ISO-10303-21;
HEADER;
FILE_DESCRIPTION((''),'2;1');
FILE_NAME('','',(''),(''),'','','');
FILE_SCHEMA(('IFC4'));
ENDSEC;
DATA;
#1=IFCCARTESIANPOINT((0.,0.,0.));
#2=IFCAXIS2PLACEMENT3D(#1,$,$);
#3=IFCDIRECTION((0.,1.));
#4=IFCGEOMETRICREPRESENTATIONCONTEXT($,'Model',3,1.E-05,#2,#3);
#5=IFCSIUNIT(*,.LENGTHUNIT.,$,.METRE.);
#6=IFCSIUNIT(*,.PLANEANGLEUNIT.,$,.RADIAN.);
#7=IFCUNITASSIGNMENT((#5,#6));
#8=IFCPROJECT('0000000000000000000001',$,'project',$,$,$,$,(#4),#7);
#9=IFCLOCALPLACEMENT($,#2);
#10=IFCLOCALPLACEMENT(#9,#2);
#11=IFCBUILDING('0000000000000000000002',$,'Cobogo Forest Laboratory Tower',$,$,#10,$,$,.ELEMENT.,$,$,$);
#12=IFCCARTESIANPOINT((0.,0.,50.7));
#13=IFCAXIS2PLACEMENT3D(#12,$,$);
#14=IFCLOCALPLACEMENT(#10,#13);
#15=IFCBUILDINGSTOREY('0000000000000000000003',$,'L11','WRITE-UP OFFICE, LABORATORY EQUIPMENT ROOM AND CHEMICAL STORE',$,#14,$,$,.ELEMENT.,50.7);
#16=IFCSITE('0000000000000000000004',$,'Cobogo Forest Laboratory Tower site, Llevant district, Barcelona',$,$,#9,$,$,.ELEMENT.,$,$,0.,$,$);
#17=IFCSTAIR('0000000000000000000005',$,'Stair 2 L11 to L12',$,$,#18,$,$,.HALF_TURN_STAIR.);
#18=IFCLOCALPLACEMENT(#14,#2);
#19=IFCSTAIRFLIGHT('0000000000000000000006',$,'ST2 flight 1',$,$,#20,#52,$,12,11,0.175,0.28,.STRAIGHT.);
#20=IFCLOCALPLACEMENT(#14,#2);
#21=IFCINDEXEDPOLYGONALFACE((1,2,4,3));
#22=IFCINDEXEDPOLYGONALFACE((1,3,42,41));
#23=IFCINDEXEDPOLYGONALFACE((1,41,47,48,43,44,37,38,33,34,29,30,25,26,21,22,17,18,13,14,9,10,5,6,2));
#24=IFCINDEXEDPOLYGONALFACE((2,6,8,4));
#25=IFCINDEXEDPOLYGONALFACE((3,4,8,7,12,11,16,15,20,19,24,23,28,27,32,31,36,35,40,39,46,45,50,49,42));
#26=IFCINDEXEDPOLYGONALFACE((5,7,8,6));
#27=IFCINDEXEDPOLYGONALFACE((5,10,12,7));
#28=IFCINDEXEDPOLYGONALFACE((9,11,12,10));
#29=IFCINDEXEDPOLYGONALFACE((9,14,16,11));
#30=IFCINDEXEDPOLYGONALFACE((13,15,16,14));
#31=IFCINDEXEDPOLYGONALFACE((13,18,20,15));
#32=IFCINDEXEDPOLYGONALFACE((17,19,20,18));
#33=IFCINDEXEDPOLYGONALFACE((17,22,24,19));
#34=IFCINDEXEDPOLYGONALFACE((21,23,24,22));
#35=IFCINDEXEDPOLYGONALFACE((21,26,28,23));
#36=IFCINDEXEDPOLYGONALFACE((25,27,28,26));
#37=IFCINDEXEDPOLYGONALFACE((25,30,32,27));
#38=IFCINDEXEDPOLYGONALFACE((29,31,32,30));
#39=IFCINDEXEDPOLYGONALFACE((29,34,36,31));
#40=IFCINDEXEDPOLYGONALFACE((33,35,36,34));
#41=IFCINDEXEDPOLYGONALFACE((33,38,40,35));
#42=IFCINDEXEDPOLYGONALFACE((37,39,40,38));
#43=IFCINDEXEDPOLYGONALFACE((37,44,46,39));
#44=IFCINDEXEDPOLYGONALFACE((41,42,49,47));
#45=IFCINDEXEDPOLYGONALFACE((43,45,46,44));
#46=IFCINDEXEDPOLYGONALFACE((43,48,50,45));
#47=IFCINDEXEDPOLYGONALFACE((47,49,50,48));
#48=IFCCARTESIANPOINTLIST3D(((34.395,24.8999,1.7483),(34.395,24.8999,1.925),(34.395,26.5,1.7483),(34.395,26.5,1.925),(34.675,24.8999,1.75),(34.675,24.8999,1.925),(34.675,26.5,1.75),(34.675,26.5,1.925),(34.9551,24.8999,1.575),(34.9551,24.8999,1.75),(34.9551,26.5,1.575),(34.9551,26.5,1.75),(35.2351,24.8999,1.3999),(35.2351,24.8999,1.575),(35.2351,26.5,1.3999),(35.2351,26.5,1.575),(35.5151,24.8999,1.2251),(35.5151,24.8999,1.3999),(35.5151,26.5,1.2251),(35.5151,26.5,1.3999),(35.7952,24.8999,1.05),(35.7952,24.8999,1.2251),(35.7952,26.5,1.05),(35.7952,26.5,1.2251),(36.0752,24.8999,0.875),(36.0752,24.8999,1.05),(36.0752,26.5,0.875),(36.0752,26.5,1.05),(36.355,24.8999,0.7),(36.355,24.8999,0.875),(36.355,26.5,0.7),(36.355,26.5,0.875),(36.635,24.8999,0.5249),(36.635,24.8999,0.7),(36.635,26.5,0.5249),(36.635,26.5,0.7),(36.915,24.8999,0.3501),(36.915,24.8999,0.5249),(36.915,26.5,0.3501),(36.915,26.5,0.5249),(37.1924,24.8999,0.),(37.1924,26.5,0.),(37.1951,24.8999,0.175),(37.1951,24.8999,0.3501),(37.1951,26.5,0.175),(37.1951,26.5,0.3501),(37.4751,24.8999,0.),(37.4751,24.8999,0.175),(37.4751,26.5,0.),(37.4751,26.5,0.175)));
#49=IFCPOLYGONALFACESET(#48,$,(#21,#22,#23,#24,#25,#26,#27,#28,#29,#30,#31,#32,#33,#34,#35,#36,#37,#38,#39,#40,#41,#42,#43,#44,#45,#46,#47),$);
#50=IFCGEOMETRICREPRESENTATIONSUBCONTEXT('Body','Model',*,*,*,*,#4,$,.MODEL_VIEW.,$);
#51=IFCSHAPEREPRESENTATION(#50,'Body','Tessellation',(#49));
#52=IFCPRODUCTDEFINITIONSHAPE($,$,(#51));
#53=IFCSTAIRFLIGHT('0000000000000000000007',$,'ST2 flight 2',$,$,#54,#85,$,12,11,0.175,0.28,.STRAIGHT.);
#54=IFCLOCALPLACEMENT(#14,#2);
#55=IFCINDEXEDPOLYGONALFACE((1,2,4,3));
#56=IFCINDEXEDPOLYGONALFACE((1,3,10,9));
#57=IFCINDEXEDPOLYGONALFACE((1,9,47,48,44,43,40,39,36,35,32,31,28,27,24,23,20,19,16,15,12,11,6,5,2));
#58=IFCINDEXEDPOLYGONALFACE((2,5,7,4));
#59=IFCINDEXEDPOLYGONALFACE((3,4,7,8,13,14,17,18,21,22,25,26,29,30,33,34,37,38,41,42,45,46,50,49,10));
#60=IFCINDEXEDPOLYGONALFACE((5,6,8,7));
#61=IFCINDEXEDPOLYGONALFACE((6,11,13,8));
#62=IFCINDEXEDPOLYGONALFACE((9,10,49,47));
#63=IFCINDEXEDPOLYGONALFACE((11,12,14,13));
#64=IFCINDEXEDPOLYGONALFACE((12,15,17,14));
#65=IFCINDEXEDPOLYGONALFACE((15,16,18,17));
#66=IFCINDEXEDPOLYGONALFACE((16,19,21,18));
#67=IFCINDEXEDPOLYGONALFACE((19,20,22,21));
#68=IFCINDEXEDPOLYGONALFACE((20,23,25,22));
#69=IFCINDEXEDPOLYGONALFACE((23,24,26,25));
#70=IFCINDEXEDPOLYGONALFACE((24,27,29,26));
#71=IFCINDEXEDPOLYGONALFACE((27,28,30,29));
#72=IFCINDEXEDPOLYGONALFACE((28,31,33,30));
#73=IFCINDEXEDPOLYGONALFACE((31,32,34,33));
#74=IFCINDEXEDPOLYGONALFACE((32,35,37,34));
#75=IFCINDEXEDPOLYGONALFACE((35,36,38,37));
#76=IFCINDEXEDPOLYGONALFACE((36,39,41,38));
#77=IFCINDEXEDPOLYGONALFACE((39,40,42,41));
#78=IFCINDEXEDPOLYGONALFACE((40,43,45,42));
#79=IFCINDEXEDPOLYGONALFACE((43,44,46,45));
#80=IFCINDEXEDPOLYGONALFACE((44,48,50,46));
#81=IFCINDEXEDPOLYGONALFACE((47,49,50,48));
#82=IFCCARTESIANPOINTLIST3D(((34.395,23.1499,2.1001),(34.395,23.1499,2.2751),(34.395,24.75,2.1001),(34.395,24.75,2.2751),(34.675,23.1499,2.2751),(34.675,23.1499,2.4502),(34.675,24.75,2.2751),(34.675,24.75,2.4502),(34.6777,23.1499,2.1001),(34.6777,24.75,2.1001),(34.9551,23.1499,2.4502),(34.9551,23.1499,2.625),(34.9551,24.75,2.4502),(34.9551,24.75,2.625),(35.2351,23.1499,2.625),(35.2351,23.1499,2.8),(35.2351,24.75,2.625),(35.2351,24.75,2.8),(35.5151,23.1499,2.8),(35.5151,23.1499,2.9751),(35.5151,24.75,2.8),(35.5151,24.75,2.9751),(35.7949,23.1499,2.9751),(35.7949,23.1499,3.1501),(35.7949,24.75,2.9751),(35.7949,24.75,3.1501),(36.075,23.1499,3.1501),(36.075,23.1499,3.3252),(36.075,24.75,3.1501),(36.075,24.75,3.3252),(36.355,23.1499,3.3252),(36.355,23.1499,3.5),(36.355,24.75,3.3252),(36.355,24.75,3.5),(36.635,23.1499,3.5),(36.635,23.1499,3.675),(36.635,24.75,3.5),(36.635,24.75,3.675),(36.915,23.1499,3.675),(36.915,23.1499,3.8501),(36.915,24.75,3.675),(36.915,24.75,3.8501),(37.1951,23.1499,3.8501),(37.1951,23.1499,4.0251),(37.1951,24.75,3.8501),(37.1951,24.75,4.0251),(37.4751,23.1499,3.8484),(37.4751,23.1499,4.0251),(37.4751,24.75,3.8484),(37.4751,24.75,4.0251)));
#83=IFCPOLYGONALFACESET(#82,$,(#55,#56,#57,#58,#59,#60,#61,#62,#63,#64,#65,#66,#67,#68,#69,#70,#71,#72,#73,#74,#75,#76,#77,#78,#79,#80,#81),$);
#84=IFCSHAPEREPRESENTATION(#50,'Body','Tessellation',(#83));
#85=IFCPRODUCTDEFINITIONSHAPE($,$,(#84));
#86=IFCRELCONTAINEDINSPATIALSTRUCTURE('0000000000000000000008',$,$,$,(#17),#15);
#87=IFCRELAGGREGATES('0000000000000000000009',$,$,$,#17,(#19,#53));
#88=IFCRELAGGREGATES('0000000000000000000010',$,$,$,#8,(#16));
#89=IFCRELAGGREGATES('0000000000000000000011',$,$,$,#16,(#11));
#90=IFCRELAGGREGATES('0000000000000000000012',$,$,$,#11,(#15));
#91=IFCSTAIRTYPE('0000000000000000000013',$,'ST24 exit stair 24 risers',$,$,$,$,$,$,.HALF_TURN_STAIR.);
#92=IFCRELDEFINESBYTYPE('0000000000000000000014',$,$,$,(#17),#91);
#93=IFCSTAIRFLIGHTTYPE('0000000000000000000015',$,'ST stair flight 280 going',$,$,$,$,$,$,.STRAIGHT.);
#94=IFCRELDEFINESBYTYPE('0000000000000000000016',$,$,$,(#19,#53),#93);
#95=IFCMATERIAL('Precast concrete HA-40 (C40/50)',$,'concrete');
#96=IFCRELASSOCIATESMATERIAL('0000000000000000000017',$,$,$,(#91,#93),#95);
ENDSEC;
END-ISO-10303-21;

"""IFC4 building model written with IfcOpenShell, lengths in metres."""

from ifc_helpers import new_model, si_unit, direction, frame, origin, place, context, subcontext, project, spatial, polyline, outline, extrude, material, type_object, element, aggregate, save


model = new_model("IFC4")

# Units and contexts
model_context = context("Model", 3, precision=1e-05, world=origin(), true_north=direction((0.0, 1.0)))
body_context = subcontext(model_context, "Body", "Model", "MODEL_VIEW")
ifc_project = project(units=[si_unit("LENGTHUNIT", "METRE"), si_unit("PLANEANGLEUNIT", "RADIAN")], contexts=[model_context])

# Site, building, storey
site_placement = place(None, origin())
site = spatial("IfcSite", under=ifc_project, at=site_placement, Name="Cobogo Forest Laboratory Tower site, Llevant district, Barcelona", CompositionType="ELEMENT", RefElevation=0.0)
building_placement = place(site_placement, origin())
building = spatial("IfcBuilding", under=site, at=building_placement, Name="Cobogo Forest Laboratory Tower", CompositionType="ELEMENT")
storey_placement = place(building_placement, frame((0.0, 0.0, 50.7)))
storey = spatial("IfcBuildingStorey", under=building, at=storey_placement, Name="L11", Description="WRITE-UP OFFICE, LABORATORY EQUIPMENT ROOM AND CHEMICAL STORE", CompositionType="ELEMENT", Elevation=50.7)

# Stair, stair flights
ifc_material_1 = material(Name="Precast concrete HA-40 (C40/50)", Category="concrete")
stair_type = type_object("IfcStairType", Name="ST24 exit stair 24 risers", PredefinedType="HALF_TURN_STAIR", material=ifc_material_1)
stair_placement = place(storey_placement, origin())
stair = element("IfcStair", 1, at=stair_placement, inside=storey, type_object=stair_type, Name="Stair 2 L11 to L12", PredefinedType="HALF_TURN_STAIR")
stair_flight_type = type_object("IfcStairFlightType", Name="ST stair flight 280 going", PredefinedType="STRAIGHT", material=ifc_material_1)
stair_flight_1_placement = place(storey_placement, frame((37.4751, 25.7, 0.0), z_axis=(0.0, 0.0, 1.0), x_axis=(-1.0, 0.0, 0.0)))
stair_flight_1 = element("IfcStairFlight", 2, at=stair_flight_1_placement, type_object=stair_flight_type, Name="ST2 flight 1", NumberOfRisers=12, NumberOfTreads=11, PredefinedType="STRAIGHT", RiserHeight=0.175, TreadLength=0.28, context=body_context, shape_type="SweptSolid", body=[
    extrude(outline(polyline([(0.0, 0.0), (0.0, 0.175), (0.28, 0.175), (0.28, 0.3501), (0.5601, 0.3501), (0.5601, 0.5249), (0.8401, 0.5249), (0.8401, 0.7), (1.1201, 0.7), (1.1201, 0.875), (1.3999, 0.875), (1.3999, 1.05), (1.6799, 1.05), (1.6799, 1.2251), (1.96, 1.2251), (1.96, 1.3999), (2.24, 1.3999), (2.24, 1.575), (2.52, 1.575), (2.52, 1.75), (2.8, 1.75), (2.8, 1.925), (3.0801, 1.925), (3.0801, 2.1001), (3.0801, 1.7483), (0.2827, 0.0), (0.0, 0.0)])), frame((0.0, 0.8, 0.0), z_axis=(0.0, -1.0, 0.0), x_axis=(1.0, 0.0, 0.0)), (0.0, 0.0, 1.0), 1.6001),
])
stair_flight_2_placement = place(storey_placement, frame((34.395, 23.95, 2.1001), z_axis=(0.0, 0.0, 1.0), x_axis=(1.0, 0.0, 0.0)))
stair_flight_2 = element("IfcStairFlight", 3, at=stair_flight_2_placement, type_object=stair_flight_type, Name="ST2 flight 2", NumberOfRisers=12, NumberOfTreads=11, PredefinedType="STRAIGHT", RiserHeight=0.175, TreadLength=0.28, context=body_context, shape_type="SweptSolid", body=[
    extrude(outline(polyline([(0.0, 0.0), (0.0, 0.175), (0.28, 0.175), (0.28, 0.3501), (0.5601, 0.3501), (0.5601, 0.5249), (0.8401, 0.5249), (0.8401, 0.7), (1.1201, 0.7), (1.1201, 0.875), (1.3999, 0.875), (1.3999, 1.05), (1.6799, 1.05), (1.6799, 1.2251), (1.96, 1.2251), (1.96, 1.3999), (2.24, 1.3999), (2.24, 1.575), (2.52, 1.575), (2.52, 1.75), (2.8, 1.75), (2.8, 1.925), (3.0801, 1.925), (3.0801, 2.1001), (3.0801, 1.7483), (0.2827, 0.0), (0.0, 0.0)])), frame((0.0, 0.8, 0.0), z_axis=(0.0, -1.0, 0.0), x_axis=(1.0, 0.0, 0.0)), (0.0, 0.0, 1.0), 1.6001),
])
aggregate(stair, [stair_flight_1, stair_flight_2])

save(model, "model.ifc")
